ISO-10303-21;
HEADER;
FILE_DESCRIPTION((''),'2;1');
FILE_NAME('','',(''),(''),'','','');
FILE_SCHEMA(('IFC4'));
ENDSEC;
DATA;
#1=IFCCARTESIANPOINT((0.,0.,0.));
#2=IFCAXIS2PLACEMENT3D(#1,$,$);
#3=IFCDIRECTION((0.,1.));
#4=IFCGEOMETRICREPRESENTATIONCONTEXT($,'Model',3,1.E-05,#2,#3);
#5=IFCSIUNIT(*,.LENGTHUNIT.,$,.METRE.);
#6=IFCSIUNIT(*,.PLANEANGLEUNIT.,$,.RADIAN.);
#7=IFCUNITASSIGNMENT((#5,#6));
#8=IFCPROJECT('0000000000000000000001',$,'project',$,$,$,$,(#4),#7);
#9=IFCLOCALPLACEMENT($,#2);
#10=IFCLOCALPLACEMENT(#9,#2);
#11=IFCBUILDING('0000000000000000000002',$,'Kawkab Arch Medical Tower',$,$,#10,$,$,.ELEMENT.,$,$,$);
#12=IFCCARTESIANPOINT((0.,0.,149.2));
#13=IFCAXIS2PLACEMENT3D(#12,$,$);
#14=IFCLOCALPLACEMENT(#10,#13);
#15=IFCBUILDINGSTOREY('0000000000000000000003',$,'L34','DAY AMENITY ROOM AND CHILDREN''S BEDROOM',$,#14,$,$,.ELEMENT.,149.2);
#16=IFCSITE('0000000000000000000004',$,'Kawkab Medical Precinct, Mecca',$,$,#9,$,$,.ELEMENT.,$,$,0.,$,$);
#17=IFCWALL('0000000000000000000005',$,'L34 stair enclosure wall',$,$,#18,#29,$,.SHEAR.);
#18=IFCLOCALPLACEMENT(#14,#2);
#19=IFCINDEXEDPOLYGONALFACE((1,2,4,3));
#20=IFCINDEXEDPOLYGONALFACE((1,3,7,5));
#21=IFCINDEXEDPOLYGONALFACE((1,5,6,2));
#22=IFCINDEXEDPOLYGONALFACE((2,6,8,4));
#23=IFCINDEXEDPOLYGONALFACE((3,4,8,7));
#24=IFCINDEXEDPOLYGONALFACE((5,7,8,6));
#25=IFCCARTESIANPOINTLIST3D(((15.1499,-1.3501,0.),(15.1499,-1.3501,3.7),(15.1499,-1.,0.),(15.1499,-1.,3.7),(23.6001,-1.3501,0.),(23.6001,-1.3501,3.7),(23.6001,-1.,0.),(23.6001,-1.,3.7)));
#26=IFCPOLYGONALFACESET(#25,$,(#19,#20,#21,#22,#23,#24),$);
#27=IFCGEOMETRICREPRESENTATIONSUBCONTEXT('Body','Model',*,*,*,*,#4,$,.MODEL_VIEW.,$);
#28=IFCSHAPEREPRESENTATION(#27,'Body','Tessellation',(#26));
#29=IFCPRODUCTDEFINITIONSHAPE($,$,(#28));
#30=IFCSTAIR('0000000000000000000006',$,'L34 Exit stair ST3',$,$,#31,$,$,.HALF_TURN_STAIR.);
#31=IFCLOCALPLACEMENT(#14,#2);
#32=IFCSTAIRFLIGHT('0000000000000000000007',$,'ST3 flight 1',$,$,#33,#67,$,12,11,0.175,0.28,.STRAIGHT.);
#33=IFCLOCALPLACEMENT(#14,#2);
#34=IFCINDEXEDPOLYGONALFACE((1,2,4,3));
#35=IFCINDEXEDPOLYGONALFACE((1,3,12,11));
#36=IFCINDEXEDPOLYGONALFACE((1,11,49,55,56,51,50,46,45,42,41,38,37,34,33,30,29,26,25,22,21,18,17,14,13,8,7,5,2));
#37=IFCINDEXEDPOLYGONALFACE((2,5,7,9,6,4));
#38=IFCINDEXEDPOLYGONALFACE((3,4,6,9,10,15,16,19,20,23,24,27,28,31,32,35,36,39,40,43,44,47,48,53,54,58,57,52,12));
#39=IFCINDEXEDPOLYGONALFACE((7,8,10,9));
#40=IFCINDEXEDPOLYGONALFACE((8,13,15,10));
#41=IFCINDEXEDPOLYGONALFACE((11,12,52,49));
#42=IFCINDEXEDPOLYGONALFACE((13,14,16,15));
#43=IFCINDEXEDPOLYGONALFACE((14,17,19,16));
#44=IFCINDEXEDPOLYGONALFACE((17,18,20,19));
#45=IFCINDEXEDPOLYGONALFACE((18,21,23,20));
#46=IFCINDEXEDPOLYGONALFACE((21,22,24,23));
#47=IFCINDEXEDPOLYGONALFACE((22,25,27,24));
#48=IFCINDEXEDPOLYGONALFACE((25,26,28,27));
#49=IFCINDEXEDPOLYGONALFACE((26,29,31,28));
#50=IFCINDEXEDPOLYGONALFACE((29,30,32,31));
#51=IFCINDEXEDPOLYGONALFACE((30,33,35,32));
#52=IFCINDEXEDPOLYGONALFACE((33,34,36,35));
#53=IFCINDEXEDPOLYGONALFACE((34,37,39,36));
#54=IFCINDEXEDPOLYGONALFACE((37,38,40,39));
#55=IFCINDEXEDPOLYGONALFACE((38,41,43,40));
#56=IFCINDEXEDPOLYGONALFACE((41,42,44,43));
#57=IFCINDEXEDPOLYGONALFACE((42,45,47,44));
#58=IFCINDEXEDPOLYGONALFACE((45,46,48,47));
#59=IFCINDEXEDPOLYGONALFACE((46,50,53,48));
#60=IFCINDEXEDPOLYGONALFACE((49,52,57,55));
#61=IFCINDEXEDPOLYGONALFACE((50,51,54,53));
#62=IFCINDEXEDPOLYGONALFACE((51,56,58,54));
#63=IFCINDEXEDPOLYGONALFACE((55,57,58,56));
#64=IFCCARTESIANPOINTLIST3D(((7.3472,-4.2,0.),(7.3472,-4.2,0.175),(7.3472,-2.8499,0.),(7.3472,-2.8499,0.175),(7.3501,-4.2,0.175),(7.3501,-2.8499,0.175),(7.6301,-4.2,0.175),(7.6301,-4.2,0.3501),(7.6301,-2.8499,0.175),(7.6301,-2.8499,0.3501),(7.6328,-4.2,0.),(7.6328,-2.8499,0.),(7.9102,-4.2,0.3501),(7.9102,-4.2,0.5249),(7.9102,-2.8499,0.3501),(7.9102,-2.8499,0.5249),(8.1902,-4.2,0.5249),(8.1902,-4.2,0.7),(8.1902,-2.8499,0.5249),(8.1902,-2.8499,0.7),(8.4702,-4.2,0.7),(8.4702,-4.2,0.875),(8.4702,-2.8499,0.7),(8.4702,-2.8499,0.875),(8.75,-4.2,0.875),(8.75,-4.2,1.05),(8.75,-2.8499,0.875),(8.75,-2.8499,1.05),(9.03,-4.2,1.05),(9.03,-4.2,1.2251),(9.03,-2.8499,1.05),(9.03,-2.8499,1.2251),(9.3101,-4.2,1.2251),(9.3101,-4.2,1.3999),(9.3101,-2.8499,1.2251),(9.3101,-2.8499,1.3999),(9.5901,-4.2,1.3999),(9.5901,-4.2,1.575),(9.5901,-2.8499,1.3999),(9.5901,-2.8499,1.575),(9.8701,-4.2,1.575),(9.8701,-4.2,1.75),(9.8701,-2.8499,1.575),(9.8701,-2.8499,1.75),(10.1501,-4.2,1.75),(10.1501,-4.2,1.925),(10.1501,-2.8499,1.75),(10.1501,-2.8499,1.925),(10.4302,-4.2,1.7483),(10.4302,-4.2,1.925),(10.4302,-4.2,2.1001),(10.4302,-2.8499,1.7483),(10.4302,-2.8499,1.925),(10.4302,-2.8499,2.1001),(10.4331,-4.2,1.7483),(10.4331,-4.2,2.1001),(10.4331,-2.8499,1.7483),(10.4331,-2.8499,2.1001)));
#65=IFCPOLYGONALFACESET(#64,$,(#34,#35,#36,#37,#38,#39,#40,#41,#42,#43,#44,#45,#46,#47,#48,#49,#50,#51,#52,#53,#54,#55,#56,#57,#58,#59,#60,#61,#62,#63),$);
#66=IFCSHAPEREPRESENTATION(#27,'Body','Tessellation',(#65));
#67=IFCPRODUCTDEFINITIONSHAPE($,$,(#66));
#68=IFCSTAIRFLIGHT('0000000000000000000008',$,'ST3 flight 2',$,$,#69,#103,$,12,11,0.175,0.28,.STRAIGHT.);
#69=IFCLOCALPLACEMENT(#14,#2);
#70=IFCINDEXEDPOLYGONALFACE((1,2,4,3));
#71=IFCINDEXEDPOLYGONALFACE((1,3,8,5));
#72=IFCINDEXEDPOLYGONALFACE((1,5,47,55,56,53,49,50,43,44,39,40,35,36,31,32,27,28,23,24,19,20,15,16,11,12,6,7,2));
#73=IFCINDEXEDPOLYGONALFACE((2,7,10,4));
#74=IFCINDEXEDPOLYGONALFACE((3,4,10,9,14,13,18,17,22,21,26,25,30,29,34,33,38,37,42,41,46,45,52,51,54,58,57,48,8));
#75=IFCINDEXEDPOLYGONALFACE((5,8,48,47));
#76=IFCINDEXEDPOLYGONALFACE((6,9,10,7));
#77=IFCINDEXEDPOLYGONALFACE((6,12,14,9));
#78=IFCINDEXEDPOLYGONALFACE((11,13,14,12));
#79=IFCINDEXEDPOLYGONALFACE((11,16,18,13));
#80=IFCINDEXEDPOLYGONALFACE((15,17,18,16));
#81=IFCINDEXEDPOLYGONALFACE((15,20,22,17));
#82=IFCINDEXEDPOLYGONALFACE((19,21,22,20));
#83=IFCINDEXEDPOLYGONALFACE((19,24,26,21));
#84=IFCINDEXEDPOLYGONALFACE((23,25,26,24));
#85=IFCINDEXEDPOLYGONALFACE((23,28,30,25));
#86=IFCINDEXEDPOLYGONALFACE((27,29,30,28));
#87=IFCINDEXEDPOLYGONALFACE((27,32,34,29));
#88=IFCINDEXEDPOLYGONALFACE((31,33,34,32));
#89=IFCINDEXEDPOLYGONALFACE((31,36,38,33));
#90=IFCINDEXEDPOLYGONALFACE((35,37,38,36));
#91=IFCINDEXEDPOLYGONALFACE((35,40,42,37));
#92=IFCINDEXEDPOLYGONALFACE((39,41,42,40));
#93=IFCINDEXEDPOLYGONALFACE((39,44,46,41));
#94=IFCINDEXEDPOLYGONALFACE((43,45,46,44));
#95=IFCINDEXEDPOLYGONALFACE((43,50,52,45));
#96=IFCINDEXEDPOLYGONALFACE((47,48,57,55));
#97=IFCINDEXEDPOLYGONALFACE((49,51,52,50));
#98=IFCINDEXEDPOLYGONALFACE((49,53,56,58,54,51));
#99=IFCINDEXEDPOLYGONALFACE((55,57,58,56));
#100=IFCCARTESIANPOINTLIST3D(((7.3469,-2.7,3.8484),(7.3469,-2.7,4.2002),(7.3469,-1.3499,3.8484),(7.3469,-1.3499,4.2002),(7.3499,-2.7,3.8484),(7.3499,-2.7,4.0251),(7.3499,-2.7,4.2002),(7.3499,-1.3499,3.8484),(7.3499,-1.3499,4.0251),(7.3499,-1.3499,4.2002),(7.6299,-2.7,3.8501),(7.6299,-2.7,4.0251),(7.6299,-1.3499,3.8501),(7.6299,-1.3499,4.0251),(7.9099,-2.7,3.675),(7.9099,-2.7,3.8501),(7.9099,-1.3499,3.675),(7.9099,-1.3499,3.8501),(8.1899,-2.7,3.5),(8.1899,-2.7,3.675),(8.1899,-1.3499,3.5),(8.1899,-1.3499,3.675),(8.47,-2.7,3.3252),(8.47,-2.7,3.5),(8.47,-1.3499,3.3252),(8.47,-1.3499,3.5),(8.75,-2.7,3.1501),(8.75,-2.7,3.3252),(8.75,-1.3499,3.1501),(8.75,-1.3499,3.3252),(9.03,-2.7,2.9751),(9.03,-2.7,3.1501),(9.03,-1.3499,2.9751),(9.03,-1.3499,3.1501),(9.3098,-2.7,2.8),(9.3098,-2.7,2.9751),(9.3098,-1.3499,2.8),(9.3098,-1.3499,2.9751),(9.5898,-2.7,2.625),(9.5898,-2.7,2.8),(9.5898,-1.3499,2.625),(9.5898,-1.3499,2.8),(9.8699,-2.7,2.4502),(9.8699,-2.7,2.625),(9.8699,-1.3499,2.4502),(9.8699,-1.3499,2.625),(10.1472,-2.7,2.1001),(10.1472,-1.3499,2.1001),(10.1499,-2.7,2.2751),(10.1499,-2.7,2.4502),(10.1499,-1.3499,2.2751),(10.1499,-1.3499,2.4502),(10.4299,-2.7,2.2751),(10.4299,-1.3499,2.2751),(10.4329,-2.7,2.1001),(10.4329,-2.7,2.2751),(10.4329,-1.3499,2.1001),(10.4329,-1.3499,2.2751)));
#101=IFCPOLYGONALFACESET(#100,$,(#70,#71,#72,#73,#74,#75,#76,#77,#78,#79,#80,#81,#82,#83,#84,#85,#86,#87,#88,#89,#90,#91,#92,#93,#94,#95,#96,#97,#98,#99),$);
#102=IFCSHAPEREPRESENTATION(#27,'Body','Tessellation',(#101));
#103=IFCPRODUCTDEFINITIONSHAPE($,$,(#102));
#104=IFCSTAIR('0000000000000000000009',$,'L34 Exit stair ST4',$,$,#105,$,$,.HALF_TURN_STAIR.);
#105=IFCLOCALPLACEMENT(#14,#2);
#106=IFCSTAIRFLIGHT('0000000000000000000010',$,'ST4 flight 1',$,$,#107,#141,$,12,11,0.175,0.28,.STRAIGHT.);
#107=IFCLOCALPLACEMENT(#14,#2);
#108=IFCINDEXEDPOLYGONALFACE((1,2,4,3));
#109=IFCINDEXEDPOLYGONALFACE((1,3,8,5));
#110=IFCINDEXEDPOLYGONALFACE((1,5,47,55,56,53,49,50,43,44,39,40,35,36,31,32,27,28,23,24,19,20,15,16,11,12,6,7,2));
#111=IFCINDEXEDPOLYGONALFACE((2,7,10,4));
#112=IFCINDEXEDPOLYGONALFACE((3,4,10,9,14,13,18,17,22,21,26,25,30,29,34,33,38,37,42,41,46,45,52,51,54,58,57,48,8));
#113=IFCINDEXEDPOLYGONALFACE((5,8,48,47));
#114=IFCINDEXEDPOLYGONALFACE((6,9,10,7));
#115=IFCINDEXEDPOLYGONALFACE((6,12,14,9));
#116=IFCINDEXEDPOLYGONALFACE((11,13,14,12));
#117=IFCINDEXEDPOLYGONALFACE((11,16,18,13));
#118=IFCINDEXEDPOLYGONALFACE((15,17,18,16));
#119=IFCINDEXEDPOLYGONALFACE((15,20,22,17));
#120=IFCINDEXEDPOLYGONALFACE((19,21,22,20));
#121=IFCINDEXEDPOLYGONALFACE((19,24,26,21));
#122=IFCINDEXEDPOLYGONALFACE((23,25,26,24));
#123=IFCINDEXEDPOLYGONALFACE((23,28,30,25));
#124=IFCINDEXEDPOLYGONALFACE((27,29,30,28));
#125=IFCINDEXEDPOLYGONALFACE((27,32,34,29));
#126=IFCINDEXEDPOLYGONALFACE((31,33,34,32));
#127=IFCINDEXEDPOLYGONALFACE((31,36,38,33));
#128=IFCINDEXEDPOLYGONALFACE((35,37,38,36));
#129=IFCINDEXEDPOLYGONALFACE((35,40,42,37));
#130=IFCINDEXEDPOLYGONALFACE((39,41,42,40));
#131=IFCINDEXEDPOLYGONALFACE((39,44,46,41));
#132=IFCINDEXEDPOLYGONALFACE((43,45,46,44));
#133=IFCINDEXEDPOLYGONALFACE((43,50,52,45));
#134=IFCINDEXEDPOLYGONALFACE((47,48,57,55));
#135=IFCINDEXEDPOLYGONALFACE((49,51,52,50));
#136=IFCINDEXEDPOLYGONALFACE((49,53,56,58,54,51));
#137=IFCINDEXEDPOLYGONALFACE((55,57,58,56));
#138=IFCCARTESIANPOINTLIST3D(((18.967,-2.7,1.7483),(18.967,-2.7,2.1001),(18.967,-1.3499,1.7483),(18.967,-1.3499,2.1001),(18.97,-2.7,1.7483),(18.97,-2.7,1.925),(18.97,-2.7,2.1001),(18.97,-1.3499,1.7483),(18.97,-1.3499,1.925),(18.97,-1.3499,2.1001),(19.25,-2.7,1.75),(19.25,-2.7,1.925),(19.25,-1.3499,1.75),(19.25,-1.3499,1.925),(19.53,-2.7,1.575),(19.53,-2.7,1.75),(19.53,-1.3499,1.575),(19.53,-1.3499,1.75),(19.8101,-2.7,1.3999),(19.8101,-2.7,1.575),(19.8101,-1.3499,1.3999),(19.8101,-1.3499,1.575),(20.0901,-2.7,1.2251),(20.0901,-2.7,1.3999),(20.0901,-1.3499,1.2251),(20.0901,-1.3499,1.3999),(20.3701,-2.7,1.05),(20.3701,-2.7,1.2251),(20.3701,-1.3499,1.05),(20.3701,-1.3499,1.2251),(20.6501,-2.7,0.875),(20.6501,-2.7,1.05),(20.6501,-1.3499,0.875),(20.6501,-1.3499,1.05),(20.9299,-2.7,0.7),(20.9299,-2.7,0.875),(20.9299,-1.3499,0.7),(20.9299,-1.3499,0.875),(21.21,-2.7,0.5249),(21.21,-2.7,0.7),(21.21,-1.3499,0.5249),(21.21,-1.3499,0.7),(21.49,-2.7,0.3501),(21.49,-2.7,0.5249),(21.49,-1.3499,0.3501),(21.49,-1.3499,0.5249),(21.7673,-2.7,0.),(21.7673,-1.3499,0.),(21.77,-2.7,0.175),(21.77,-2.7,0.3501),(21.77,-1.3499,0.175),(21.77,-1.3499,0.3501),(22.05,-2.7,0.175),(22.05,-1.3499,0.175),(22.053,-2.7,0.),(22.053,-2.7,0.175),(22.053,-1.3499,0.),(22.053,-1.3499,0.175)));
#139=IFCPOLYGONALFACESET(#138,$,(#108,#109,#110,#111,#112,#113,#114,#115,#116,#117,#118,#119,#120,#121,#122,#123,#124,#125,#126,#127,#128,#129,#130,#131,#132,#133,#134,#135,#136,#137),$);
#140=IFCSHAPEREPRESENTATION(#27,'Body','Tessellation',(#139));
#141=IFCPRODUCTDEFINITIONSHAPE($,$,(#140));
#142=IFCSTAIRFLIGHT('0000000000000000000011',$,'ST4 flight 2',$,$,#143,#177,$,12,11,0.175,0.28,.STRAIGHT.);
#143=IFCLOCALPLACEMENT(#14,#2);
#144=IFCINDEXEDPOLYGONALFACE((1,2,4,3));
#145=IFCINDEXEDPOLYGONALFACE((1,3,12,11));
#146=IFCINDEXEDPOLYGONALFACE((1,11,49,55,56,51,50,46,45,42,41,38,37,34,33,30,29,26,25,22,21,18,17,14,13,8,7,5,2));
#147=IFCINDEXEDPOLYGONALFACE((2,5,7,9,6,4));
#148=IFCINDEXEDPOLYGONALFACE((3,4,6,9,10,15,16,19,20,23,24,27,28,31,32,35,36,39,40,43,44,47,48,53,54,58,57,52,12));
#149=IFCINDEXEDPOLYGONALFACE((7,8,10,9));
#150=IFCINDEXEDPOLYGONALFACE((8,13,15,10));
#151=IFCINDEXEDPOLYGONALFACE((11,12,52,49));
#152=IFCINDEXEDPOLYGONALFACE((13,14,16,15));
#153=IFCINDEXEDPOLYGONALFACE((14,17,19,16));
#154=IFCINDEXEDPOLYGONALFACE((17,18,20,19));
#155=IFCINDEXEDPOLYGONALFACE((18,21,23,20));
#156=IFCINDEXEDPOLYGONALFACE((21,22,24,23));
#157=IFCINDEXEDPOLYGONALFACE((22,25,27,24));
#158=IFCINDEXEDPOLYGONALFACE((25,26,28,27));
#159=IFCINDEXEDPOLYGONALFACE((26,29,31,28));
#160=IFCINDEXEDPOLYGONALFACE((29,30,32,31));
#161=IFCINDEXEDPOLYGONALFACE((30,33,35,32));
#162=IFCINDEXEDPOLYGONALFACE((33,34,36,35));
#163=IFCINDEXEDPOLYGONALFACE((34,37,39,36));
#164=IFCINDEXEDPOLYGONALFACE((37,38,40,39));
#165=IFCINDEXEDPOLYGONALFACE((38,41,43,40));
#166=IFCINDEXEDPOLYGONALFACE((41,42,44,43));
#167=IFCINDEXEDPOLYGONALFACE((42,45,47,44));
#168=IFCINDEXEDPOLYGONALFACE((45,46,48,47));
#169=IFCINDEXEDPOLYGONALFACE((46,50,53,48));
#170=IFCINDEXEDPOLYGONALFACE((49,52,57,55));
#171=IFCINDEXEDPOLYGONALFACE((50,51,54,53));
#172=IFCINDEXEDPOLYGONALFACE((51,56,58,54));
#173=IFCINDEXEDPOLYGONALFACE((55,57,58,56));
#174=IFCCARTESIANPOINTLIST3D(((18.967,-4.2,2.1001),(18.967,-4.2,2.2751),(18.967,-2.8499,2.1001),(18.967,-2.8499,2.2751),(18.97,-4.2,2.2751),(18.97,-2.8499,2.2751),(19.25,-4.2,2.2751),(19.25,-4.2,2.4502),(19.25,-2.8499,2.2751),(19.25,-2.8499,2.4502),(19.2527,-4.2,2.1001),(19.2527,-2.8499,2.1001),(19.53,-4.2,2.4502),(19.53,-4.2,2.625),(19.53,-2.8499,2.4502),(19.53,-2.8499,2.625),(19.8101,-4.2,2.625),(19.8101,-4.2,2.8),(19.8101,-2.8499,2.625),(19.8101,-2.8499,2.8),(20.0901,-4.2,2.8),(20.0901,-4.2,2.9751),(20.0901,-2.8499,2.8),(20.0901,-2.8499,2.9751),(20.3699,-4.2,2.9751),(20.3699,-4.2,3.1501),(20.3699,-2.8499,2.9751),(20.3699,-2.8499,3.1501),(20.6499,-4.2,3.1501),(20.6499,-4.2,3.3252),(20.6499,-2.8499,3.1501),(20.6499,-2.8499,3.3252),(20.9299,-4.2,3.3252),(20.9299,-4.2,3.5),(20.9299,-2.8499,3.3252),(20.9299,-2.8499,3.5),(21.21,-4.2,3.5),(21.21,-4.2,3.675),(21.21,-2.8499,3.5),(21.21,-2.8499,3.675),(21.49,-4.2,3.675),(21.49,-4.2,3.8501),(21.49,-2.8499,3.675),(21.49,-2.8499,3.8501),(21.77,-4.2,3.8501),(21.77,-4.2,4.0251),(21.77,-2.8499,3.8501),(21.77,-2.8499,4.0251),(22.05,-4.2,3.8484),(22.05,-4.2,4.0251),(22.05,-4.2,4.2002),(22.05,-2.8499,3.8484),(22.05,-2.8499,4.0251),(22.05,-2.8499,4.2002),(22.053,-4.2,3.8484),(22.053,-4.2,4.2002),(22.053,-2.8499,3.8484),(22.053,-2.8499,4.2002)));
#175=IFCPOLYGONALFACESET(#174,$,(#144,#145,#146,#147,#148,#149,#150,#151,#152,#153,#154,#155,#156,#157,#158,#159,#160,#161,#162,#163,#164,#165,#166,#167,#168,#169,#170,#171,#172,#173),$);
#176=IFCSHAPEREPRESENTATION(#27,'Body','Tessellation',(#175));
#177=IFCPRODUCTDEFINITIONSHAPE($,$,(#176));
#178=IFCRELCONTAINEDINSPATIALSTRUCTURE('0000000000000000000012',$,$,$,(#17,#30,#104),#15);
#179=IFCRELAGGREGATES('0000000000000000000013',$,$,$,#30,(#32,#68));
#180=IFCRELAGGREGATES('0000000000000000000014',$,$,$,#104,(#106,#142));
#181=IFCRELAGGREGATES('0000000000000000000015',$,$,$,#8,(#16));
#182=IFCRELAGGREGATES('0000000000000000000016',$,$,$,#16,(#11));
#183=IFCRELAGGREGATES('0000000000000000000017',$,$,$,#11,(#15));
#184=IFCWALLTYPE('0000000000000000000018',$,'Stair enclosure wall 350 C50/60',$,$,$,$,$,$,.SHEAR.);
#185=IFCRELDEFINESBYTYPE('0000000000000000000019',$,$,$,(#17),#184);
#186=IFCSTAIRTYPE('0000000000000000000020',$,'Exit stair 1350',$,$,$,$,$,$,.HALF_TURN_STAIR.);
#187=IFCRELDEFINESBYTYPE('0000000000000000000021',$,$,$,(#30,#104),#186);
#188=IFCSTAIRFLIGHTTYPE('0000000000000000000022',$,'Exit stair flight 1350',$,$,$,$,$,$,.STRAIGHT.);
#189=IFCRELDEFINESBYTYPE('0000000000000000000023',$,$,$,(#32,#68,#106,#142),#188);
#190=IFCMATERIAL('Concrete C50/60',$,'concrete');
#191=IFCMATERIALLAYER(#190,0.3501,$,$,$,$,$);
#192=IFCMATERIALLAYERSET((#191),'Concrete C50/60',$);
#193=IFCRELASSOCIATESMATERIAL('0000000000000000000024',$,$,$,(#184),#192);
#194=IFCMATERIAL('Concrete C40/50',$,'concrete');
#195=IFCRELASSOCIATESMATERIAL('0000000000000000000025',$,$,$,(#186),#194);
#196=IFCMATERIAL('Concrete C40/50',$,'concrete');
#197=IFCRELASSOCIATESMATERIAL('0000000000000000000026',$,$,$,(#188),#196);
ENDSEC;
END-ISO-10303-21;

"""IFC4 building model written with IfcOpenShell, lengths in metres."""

from ifc_helpers import new_model, si_unit, direction, frame, frame_2d, origin, place, context, subcontext, project, spatial, polyline, rectangle, outline, extrude, material, layer, layer_set, type_object, element, aggregate, save


model = new_model("IFC4")

# Units and contexts
model_context = context("Model", 3, precision=1e-05, world=origin(), true_north=direction((0.0, 1.0)))
body_context = subcontext(model_context, "Body", "Model", "MODEL_VIEW")
ifc_project = project(units=[si_unit("LENGTHUNIT", "METRE"), si_unit("PLANEANGLEUNIT", "RADIAN")], contexts=[model_context])

# Site, building, storey
site_placement = place(None, origin())
site = spatial("IfcSite", under=ifc_project, at=site_placement, Name="Kawkab Medical Precinct, Mecca", CompositionType="ELEMENT", RefElevation=0.0)
building_placement = place(site_placement, origin())
building = spatial("IfcBuilding", under=site, at=building_placement, Name="Kawkab Arch Medical Tower", CompositionType="ELEMENT")
storey_placement = place(building_placement, frame((0.0, 0.0, 149.2)))
storey = spatial("IfcBuildingStorey", under=building, at=storey_placement, Name="L34", Description="DAY AMENITY ROOM AND CHILDREN'S BEDROOM", CompositionType="ELEMENT", Elevation=149.2)

# Shared definitions
placement = place(storey_placement, origin())

# Wall
ifc_material_1 = material(Name="Concrete C50/60", Category="concrete")
ifc_layer_1 = layer(ifc_material_1, 0.3501)
ifc_layer_set_1 = layer_set([ifc_layer_1], Name="Concrete C50/60")
wall_type_1 = type_object("IfcWallType", Name="Stair enclosure wall 350 C50/60", PredefinedType="SHEAR", material=ifc_layer_set_1)
wall_placement = place(storey_placement, frame((15.1499, -1.175, 0.0), z_axis=(0.0, 0.0, 1.0), x_axis=(1.0, 0.0, 0.0)))
element("IfcWall", 1, at=wall_placement, inside=storey, type_object=wall_type_1, Name="L34 stair enclosure wall", PredefinedType="SHEAR", context=body_context, shape_type="SweptSolid", body=[
    extrude(rectangle(XDim=8.4502, YDim=0.3501, at=frame_2d((4.2251, 0.0))), origin(), (0.0, 0.0, 1.0), 3.7),
])

# Stairs, stair flights
ifc_material_2 = material(Name="Concrete C40/50", Category="concrete")
stair_type = type_object("IfcStairType", Name="Exit stair 1350", PredefinedType="HALF_TURN_STAIR", material=ifc_material_2)
stair_1 = element("IfcStair", 2, at=placement, inside=storey, type_object=stair_type, Name="L34 Exit stair ST3", PredefinedType="HALF_TURN_STAIR")
ifc_material_3 = material(Name="Concrete C40/50", Category="concrete")
stair_flight_type = type_object("IfcStairFlightType", Name="Exit stair flight 1350", PredefinedType="STRAIGHT", material=ifc_material_3)
stair_flight_1_placement = place(storey_placement, frame((7.3501, -3.5249, 0.0), z_axis=(0.0, 0.0, 1.0), x_axis=(1.0, 0.0, 0.0)))
stair_flight_1 = element("IfcStairFlight", 3, at=stair_flight_1_placement, type_object=stair_flight_type, Name="ST3 flight 1", NumberOfRisers=12, NumberOfTreads=11, PredefinedType="STRAIGHT", RiserHeight=0.175, TreadLength=0.28, context=body_context, shape_type="SweptSolid", body=[
    extrude(outline(polyline([(-0.0029, 0.0), (-0.0029, 0.175), (0.0, 0.175), (0.28, 0.175), (0.28, 0.3501), (0.5601, 0.3501), (0.5601, 0.5249), (0.8401, 0.5249), (0.8401, 0.7), (1.1201, 0.7), (1.1201, 0.875), (1.3999, 0.875), (1.3999, 1.05), (1.6799, 1.05), (1.6799, 1.2251), (1.96, 1.2251), (1.96, 1.3999), (2.24, 1.3999), (2.24, 1.575), (2.52, 1.575), (2.52, 1.75), (2.8, 1.75), (2.8, 1.925), (3.0801, 1.925), (3.0801, 2.1001), (3.083, 2.1001), (3.083, 1.7483), (3.0801, 1.7483), (0.2827, 0.0), (-0.0029, 0.0)])), frame((0.0, 0.675, 0.0), z_axis=(0.0, -1.0, 0.0), x_axis=(1.0, 0.0, 0.0)), (0.0, 0.0, 1.0), 1.3501),
])
stair_flight_2_placement = place(storey_placement, frame((10.4299, -2.0249, 2.1001), z_axis=(0.0, 0.0, 1.0), x_axis=(-1.0, 0.0, 0.0)))
stair_flight_2 = element("IfcStairFlight", 4, at=stair_flight_2_placement, type_object=stair_flight_type, Name="ST3 flight 2", NumberOfRisers=12, NumberOfTreads=11, PredefinedType="STRAIGHT", RiserHeight=0.175, TreadLength=0.28, context=body_context, shape_type="SweptSolid", body=[
    extrude(outline(polyline([(-0.0029, 0.0), (-0.0029, 0.175), (0.0, 0.175), (0.28, 0.175), (0.28, 0.3501), (0.5601, 0.3501), (0.5601, 0.5249), (0.8401, 0.5249), (0.8401, 0.7), (1.1201, 0.7), (1.1201, 0.875), (1.3999, 0.875), (1.3999, 1.05), (1.6799, 1.05), (1.6799, 1.2251), (1.96, 1.2251), (1.96, 1.3999), (2.24, 1.3999), (2.24, 1.575), (2.52, 1.575), (2.52, 1.75), (2.8, 1.75), (2.8, 1.925), (3.0801, 1.925), (3.0801, 2.1001), (3.083, 2.1001), (3.083, 1.7483), (3.0801, 1.7483), (0.2827, 0.0), (-0.0029, 0.0)])), frame((0.0, 0.675, 0.0), z_axis=(0.0, -1.0, 0.0), x_axis=(1.0, 0.0, 0.0)), (0.0, 0.0, 1.0), 1.3501),
])
aggregate(stair_1, [stair_flight_1, stair_flight_2])
stair_2 = element("IfcStair", 5, at=placement, inside=storey, type_object=stair_type, Name="L34 Exit stair ST4", PredefinedType="HALF_TURN_STAIR")
stair_flight_3_placement = place(storey_placement, frame((22.05, -2.0249, 0.0), z_axis=(0.0, 0.0, 1.0), x_axis=(-1.0, 0.0, 0.0)))
stair_flight_3 = element("IfcStairFlight", 6, at=stair_flight_3_placement, type_object=stair_flight_type, Name="ST4 flight 1", NumberOfRisers=12, NumberOfTreads=11, PredefinedType="STRAIGHT", RiserHeight=0.175, TreadLength=0.28, context=body_context, shape_type="SweptSolid", body=[
    extrude(outline(polyline([(-0.0029, 0.0), (-0.0029, 0.175), (0.0, 0.175), (0.28, 0.175), (0.28, 0.3501), (0.5601, 0.3501), (0.5601, 0.5249), (0.8401, 0.5249), (0.8401, 0.7), (1.1201, 0.7), (1.1201, 0.875), (1.3999, 0.875), (1.3999, 1.05), (1.6799, 1.05), (1.6799, 1.2251), (1.96, 1.2251), (1.96, 1.3999), (2.24, 1.3999), (2.24, 1.575), (2.52, 1.575), (2.52, 1.75), (2.8, 1.75), (2.8, 1.925), (3.0801, 1.925), (3.0801, 2.1001), (3.083, 2.1001), (3.083, 1.7483), (3.0801, 1.7483), (0.2827, 0.0), (-0.0029, 0.0)])), frame((0.0, 0.675, 0.0), z_axis=(0.0, -1.0, 0.0), x_axis=(1.0, 0.0, 0.0)), (0.0, 0.0, 1.0), 1.3501),
])
stair_flight_4_placement = place(storey_placement, frame((18.97, -3.5249, 2.1001), z_axis=(0.0, 0.0, 1.0), x_axis=(1.0, 0.0, 0.0)))
stair_flight_4 = element("IfcStairFlight", 7, at=stair_flight_4_placement, type_object=stair_flight_type, Name="ST4 flight 2", NumberOfRisers=12, NumberOfTreads=11, PredefinedType="STRAIGHT", RiserHeight=0.175, TreadLength=0.28, context=body_context, shape_type="SweptSolid", body=[
    extrude(outline(polyline([(-0.0029, 0.0), (-0.0029, 0.175), (0.0, 0.175), (0.28, 0.175), (0.28, 0.3501), (0.5601, 0.3501), (0.5601, 0.5249), (0.8401, 0.5249), (0.8401, 0.7), (1.1201, 0.7), (1.1201, 0.875), (1.3999, 0.875), (1.3999, 1.05), (1.6799, 1.05), (1.6799, 1.2251), (1.96, 1.2251), (1.96, 1.3999), (2.24, 1.3999), (2.24, 1.575), (2.52, 1.575), (2.52, 1.75), (2.8, 1.75), (2.8, 1.925), (3.0801, 1.925), (3.0801, 2.1001), (3.083, 2.1001), (3.083, 1.7483), (3.0801, 1.7483), (0.2827, 0.0), (-0.0029, 0.0)])), frame((0.0, 0.675, 0.0), z_axis=(0.0, -1.0, 0.0), x_axis=(1.0, 0.0, 0.0)), (0.0, 0.0, 1.0), 1.3501),
])
aggregate(stair_2, [stair_flight_3, stair_flight_4])

save(model, "model.ifc")
